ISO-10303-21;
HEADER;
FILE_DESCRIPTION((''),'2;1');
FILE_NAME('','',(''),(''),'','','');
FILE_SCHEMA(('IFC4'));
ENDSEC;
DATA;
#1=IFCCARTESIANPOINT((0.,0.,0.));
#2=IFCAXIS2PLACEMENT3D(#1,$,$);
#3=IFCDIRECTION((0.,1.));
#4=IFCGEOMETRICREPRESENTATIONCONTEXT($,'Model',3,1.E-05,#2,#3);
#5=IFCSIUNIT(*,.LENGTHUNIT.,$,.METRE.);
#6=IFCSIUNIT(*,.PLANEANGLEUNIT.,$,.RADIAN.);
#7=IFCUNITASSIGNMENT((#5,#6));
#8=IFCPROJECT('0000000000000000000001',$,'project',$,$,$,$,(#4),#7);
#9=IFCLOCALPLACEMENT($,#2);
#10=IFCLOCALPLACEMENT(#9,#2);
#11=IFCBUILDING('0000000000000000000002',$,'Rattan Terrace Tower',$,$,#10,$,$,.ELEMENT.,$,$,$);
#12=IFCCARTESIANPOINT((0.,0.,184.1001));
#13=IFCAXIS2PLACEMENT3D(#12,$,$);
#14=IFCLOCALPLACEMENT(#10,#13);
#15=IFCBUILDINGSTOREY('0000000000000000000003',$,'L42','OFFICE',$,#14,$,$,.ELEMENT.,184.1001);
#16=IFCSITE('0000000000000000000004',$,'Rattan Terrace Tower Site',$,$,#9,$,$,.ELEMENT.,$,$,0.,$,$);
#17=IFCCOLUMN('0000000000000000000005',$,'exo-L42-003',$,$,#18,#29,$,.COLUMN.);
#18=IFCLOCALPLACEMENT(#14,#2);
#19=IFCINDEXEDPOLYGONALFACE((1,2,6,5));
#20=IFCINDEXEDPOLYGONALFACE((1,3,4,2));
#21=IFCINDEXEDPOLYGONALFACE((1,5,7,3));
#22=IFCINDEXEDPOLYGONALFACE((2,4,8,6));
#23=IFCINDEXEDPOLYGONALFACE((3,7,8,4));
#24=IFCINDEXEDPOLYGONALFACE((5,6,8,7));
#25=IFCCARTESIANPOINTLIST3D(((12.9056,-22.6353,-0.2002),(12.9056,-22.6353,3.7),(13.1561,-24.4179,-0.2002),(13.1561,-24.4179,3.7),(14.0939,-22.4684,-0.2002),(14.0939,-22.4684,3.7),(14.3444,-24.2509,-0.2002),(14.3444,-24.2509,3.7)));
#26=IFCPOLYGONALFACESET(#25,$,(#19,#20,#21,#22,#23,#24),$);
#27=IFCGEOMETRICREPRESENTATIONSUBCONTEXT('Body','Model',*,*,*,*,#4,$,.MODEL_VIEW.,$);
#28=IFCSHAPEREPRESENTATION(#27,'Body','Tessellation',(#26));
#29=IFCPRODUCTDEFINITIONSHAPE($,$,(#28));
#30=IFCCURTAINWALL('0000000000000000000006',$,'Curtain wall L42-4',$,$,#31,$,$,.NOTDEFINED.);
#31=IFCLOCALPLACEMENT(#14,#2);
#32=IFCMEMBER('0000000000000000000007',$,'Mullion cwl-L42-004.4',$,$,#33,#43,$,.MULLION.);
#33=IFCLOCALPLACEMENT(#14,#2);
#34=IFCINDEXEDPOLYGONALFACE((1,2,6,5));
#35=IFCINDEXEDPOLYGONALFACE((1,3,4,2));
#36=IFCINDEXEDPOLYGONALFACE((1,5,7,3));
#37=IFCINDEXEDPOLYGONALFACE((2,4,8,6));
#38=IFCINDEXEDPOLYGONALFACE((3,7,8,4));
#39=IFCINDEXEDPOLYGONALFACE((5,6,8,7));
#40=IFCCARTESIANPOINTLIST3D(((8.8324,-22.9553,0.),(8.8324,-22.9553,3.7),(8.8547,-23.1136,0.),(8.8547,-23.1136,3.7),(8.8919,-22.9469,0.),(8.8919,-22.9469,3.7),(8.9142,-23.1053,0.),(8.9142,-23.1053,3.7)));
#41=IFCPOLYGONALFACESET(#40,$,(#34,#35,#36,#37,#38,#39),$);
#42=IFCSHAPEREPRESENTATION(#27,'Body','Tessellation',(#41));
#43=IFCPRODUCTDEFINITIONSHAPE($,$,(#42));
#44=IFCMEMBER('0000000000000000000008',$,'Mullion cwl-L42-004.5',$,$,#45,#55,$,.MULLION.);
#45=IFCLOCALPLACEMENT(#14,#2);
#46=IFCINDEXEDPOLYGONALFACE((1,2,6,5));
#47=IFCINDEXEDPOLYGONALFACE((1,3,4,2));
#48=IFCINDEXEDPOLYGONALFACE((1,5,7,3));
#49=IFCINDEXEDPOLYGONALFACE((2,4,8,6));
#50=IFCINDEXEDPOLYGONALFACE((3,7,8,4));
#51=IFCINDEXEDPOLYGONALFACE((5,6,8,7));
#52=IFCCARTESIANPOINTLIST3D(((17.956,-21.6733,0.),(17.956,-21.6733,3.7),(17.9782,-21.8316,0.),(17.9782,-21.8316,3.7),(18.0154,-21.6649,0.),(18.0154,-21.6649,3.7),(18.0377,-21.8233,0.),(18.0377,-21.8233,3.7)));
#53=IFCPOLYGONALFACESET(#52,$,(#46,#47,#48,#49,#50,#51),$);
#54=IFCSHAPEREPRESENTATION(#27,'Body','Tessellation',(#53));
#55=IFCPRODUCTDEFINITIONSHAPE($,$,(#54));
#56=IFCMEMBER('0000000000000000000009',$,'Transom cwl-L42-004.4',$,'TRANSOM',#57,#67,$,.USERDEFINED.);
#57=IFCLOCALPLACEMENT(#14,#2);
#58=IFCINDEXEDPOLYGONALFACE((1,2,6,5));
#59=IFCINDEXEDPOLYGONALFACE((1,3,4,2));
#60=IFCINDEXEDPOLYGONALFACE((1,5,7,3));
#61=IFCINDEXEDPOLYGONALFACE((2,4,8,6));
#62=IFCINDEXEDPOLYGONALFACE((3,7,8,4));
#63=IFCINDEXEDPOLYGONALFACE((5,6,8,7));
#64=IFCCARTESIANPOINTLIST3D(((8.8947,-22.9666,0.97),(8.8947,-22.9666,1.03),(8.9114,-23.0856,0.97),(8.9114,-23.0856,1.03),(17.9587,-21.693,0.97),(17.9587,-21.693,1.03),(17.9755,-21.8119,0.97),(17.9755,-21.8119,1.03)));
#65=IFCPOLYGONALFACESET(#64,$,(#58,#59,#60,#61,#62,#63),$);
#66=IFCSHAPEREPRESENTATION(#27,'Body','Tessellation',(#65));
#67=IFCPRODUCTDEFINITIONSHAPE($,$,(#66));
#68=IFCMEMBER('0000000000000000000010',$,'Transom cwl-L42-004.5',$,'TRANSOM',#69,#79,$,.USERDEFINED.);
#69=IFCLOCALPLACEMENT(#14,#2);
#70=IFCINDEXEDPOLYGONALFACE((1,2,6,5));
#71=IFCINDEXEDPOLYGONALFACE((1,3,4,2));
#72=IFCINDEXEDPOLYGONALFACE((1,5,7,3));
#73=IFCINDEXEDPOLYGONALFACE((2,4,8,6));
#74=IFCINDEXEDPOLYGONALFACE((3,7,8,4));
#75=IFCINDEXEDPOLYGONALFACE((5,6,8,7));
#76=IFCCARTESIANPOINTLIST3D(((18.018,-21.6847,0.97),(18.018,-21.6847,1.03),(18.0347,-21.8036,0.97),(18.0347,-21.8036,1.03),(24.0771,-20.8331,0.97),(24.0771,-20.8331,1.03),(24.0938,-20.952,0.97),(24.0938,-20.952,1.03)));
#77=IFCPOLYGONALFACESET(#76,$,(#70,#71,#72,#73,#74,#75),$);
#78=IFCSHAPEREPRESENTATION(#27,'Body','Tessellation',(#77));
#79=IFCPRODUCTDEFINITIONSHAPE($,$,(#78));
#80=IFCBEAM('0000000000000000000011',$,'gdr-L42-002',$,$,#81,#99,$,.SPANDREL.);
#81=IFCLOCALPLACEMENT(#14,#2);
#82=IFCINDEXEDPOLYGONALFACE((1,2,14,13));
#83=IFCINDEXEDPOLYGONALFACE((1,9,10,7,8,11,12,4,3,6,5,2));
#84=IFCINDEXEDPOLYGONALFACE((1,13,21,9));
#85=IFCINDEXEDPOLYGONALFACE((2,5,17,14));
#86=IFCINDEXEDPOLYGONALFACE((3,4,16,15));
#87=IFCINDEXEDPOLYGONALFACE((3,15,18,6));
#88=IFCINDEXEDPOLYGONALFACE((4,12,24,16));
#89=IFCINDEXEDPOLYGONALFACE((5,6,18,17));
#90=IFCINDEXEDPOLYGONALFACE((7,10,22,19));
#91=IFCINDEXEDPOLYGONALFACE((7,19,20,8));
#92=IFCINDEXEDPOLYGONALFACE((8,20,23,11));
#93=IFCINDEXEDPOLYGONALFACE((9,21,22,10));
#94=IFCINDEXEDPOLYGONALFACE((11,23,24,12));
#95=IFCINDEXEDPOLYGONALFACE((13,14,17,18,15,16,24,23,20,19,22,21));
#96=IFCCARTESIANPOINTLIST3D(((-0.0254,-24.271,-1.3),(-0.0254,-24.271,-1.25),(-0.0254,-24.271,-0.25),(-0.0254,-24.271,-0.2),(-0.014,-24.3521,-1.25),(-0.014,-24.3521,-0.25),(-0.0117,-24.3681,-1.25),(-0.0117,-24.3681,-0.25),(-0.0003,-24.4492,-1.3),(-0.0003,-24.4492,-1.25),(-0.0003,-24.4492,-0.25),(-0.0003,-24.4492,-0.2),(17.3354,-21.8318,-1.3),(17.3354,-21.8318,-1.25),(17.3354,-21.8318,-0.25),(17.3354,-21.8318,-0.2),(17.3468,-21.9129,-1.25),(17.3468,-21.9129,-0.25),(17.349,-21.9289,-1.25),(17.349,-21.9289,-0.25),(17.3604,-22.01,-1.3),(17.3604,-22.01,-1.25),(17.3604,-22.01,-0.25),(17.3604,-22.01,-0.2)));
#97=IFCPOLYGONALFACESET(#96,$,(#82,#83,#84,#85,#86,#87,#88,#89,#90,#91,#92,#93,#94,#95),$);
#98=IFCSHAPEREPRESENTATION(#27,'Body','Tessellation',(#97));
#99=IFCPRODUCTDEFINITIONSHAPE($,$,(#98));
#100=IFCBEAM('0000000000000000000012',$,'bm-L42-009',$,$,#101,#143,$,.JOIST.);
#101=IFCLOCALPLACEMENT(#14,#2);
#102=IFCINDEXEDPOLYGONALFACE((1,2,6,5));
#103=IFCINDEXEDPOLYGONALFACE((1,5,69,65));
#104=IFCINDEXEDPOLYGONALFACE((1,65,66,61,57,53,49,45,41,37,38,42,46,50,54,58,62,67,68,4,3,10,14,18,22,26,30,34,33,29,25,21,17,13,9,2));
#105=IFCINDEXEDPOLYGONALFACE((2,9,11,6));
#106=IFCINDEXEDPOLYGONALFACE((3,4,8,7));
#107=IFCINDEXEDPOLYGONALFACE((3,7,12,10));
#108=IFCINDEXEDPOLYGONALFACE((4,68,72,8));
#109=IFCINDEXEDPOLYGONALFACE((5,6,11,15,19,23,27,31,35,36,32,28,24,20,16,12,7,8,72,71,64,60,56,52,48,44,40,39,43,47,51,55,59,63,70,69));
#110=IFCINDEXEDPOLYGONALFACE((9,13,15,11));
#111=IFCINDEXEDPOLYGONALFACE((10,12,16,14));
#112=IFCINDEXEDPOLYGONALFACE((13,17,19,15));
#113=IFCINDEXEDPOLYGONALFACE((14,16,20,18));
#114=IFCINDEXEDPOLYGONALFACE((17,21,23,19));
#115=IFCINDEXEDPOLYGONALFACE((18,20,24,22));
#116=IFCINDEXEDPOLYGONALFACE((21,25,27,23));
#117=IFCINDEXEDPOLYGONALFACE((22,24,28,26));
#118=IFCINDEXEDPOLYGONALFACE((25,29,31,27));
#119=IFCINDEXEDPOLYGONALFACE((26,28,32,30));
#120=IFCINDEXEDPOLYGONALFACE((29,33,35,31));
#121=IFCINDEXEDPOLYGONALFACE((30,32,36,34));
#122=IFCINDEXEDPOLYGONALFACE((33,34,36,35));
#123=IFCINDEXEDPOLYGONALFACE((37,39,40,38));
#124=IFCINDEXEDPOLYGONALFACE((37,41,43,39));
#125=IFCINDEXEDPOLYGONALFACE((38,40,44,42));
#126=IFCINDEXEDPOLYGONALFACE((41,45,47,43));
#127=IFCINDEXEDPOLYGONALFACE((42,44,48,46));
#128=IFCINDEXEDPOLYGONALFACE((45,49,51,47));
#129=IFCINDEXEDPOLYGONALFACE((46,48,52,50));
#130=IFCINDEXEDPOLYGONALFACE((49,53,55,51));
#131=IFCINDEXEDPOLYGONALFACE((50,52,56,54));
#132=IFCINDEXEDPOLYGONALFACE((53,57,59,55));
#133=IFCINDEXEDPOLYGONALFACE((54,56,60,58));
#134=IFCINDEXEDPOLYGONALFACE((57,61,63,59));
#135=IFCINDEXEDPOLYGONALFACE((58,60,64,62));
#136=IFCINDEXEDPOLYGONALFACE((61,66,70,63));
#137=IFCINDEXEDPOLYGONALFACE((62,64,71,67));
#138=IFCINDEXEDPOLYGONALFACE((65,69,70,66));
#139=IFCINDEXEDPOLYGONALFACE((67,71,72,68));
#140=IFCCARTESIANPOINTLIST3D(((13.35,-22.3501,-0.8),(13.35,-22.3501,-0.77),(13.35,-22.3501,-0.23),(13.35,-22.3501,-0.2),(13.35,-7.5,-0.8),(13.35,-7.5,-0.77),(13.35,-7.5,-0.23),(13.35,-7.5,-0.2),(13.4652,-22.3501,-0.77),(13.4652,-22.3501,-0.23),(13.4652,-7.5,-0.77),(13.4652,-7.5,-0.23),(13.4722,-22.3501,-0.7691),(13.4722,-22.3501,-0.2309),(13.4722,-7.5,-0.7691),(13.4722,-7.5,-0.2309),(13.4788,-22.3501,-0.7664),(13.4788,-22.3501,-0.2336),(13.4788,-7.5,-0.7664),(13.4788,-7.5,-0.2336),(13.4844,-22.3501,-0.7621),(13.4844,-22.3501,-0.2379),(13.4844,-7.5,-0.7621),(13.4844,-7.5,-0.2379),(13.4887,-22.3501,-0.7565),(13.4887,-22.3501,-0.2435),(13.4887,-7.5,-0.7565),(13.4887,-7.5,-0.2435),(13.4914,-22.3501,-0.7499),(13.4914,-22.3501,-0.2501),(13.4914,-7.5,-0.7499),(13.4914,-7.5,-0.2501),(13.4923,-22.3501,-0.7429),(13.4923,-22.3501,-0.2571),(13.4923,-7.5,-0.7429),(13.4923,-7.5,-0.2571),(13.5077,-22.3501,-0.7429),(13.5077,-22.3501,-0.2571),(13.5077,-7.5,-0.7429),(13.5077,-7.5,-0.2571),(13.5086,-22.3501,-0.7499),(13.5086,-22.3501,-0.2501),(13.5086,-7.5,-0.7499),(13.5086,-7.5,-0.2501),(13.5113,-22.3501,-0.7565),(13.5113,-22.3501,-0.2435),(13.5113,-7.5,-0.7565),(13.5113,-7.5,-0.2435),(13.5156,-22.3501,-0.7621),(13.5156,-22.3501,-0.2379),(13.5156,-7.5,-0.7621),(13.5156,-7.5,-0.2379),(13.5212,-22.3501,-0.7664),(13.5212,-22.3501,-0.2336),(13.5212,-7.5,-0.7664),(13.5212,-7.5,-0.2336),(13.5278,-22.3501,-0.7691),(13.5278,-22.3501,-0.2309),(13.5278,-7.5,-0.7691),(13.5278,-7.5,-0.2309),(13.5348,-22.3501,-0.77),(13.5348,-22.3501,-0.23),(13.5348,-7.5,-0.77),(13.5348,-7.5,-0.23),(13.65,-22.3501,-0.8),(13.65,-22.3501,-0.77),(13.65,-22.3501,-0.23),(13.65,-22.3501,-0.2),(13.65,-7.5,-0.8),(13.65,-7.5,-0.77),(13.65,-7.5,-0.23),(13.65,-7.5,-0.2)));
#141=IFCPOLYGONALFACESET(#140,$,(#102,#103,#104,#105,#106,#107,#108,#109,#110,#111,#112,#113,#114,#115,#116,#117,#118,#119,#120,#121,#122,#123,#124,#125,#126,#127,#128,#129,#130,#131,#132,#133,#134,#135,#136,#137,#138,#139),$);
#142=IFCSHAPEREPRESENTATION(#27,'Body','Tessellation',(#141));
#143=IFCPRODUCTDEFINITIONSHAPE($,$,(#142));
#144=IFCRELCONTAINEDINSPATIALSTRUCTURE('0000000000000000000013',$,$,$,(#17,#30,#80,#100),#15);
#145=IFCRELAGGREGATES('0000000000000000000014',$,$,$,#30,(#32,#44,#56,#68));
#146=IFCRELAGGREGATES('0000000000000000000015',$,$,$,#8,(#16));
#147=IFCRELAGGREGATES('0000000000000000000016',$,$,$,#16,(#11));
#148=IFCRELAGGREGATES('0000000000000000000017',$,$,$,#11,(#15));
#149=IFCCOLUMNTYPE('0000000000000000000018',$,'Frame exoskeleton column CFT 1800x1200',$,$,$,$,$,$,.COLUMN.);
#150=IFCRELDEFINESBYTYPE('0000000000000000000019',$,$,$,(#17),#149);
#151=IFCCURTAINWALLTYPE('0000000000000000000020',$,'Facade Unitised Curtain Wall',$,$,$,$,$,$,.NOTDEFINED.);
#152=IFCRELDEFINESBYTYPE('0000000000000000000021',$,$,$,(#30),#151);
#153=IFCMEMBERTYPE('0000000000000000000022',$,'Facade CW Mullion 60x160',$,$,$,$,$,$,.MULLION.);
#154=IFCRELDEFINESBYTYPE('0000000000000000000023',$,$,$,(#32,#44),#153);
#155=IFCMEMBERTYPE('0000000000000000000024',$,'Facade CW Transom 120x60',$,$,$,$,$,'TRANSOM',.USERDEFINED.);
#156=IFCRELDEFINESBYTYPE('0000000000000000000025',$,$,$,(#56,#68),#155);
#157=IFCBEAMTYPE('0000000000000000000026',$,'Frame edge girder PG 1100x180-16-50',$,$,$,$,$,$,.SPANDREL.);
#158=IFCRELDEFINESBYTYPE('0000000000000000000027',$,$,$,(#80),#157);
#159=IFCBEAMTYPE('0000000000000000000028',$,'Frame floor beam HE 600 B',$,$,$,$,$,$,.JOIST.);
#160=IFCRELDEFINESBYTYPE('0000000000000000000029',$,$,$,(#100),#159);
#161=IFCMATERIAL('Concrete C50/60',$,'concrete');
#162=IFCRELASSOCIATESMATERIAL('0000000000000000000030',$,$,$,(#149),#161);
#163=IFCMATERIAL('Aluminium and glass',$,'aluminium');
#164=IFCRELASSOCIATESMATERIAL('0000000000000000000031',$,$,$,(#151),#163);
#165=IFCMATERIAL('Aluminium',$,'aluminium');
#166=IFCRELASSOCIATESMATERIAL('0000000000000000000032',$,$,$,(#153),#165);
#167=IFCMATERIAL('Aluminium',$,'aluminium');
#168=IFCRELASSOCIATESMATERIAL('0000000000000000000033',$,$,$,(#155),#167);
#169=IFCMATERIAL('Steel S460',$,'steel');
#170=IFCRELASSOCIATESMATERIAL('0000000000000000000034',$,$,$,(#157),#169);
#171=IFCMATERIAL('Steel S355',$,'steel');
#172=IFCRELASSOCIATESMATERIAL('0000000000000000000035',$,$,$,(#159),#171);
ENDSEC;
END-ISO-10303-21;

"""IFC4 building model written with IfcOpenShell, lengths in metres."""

from ifc_helpers import new_model, si_unit, direction, frame, origin, origin_2d, place, context, subcontext, project, spatial, rectangle, i_section, extrude, material, material_profile, profile_set, type_object, element, aggregate, save


model = new_model("IFC4")

# Units and contexts
model_context = context("Model", 3, precision=1e-05, world=origin(), true_north=direction((0.0, 1.0)))
body_context = subcontext(model_context, "Body", "Model", "MODEL_VIEW")
ifc_project = project(units=[si_unit("LENGTHUNIT", "METRE"), si_unit("PLANEANGLEUNIT", "RADIAN")], contexts=[model_context])

# Site, building, storey
site_placement = place(None, origin())
site = spatial("IfcSite", under=ifc_project, at=site_placement, Name="Rattan Terrace Tower Site", CompositionType="ELEMENT", RefElevation=0.0)
building_placement = place(site_placement, origin())
building = spatial("IfcBuilding", under=site, at=building_placement, Name="Rattan Terrace Tower", CompositionType="ELEMENT")
storey_placement = place(building_placement, frame((0.0, 0.0, 184.1001)))
storey = spatial("IfcBuildingStorey", under=building, at=storey_placement, Name="L42", Description="OFFICE", CompositionType="ELEMENT", Elevation=184.1001)

# Column
ifc_material_1 = material(Name="Concrete C50/60", Category="concrete")
ifc_material_profile_1 = material_profile(ifc_material_1, rectangle(XDim=1.2, YDim=1.8, at=origin_2d()), Name="CFT 1800x1200")
ifc_profile_set_1 = profile_set([ifc_material_profile_1], Name="Concrete C50/60")
column_type = type_object("IfcColumnType", Name="Frame exoskeleton column CFT 1800x1200", PredefinedType="COLUMN", material=ifc_profile_set_1)
column_placement = place(storey_placement, frame((13.625, -23.4431, -0.2002), z_axis=(0.0, 0.0, 1.0), x_axis=(0.99027, 0.139156, 0.0)))
element("IfcColumn", 1, at=column_placement, inside=storey, type_object=column_type, Name="exo-L42-003", PredefinedType="COLUMN", context=body_context, shape_type="SweptSolid", body=[
    extrude(rectangle(XDim=1.2, YDim=1.8, at=origin_2d()), origin(), (0.0, 0.0, 1.0), 3.9001),
])

# Curtain wall, members
ifc_material_2 = material(Name="Aluminium and glass", Category="aluminium")
curtain_wall_type = type_object("IfcCurtainWallType", Name="Facade Unitised Curtain Wall", PredefinedType="NOTDEFINED", material=ifc_material_2)
curtain_wall_placement = place(storey_placement, origin())
curtain_wall = element("IfcCurtainWall", 2, at=curtain_wall_placement, inside=storey, type_object=curtain_wall_type, Name="Curtain wall L42-4", PredefinedType="NOTDEFINED")
ifc_material_3 = material(Name="Aluminium", Category="aluminium")
ifc_material_profile_2 = material_profile(ifc_material_3, rectangle(XDim=0.0601, YDim=0.1599, at=origin_2d()), Name="Aluminium 60x160")
ifc_profile_set_2 = profile_set([ifc_material_profile_2], Name="Aluminium")
member_type_1 = type_object("IfcMemberType", Name="Facade CW Mullion 60x160", PredefinedType="MULLION", material=ifc_profile_set_2)
member_1_placement = place(storey_placement, frame((8.8733, -23.0303, 0.0), z_axis=(0.0, 0.0, 1.0), x_axis=(0.99027, 0.139161, 0.0)))
member_1 = element("IfcMember", 3, at=member_1_placement, type_object=member_type_1, Name="Mullion cwl-L42-004.4", PredefinedType="MULLION", context=body_context, shape_type="SweptSolid", body=[
    extrude(rectangle(XDim=0.0601, YDim=0.1599, at=origin_2d()), origin(), (0.0, 0.0, 1.0), 3.7),
])
member_2_placement = place(storey_placement, frame((17.9968, -21.7483, 0.0), z_axis=(0.0, 0.0, 1.0), x_axis=(0.99027, 0.139161, 0.0)))
member_2 = element("IfcMember", 4, at=member_2_placement, type_object=member_type_1, Name="Mullion cwl-L42-004.5", PredefinedType="MULLION", context=body_context, shape_type="SweptSolid", body=[
    extrude(rectangle(XDim=0.0601, YDim=0.1599, at=origin_2d()), origin(), (0.0, 0.0, 1.0), 3.7),
])
ifc_material_4 = material(Name="Aluminium", Category="aluminium")
ifc_material_profile_3 = material_profile(ifc_material_4, rectangle(XDim=0.1201, YDim=0.0601, at=origin_2d()), Name="Aluminium 120x60")
ifc_profile_set_3 = profile_set([ifc_material_profile_3], Name="Aluminium")
member_type_2 = type_object("IfcMemberType", Name="Facade CW Transom 120x60", ElementType="TRANSOM", PredefinedType="USERDEFINED", material=ifc_profile_set_3)
member_3_placement = place(storey_placement, frame((8.9031, -23.0261, 1.0), z_axis=(0.990271, 0.139154, 0.0), x_axis=(-0.139154, 0.990271, 0.0)))
member_3 = element("IfcMember", 5, at=member_3_placement, type_object=member_type_2, Name="Transom cwl-L42-004.4", ObjectType="TRANSOM", PredefinedType="USERDEFINED", context=body_context, shape_type="SweptSolid", body=[
    extrude(rectangle(XDim=0.1201, YDim=0.0601, at=origin_2d()), origin(), (0.0, 0.0, 1.0), 9.1531),
])
member_4_placement = place(storey_placement, frame((18.0264, -21.7441, 1.0), z_axis=(0.990268, 0.139175, 0.0), x_axis=(-0.139175, 0.990268, 0.0)))
member_4 = element("IfcMember", 6, at=member_4_placement, type_object=member_type_2, Name="Transom cwl-L42-004.5", ObjectType="TRANSOM", PredefinedType="USERDEFINED", context=body_context, shape_type="SweptSolid", body=[
    extrude(rectangle(XDim=0.1201, YDim=0.0601, at=origin_2d()), origin(), (0.0, 0.0, 1.0), 6.1187),
])

# Beams
ifc_material_5 = material(Name="Steel S460", Category="steel")
ifc_material_profile_4 = material_profile(ifc_material_5, i_section(OverallWidth=0.1799, OverallDepth=1.1001, WebThickness=0.0161, FlangeThickness=0.05, at=origin_2d()), Name="PG 1100x180-16-50")
ifc_profile_set_4 = profile_set([ifc_material_profile_4], Name="Steel S460")
beam_type_1 = type_object("IfcBeamType", Name="Frame edge girder PG 1100x180-16-50", PredefinedType="SPANDREL", material=ifc_profile_set_4)
beam_1_placement = place(storey_placement, frame((17.3479, -21.9209, -0.75), z_axis=(-0.990274, -0.139134, 0.0), x_axis=(0.139134, -0.990274, 0.0)))
element("IfcBeam", 7, at=beam_1_placement, inside=storey, type_object=beam_type_1, Name="gdr-L42-002", PredefinedType="SPANDREL", context=body_context, shape_type="SweptSolid", body=[
    extrude(i_section(OverallWidth=0.1799, OverallDepth=1.1001, WebThickness=0.0161, FlangeThickness=0.05, at=origin_2d()), origin(), (0.0, 0.0, 1.0), 17.5312),
])
ifc_material_6 = material(Name="Steel S355", Category="steel")
ifc_material_profile_5 = material_profile(ifc_material_6, i_section(OverallWidth=0.3, OverallDepth=0.6001, WebThickness=0.0154, FlangeThickness=0.03, FilletRadius=0.0271, at=origin_2d()), Name="HE 600 B")
ifc_profile_set_5 = profile_set([ifc_material_profile_5], Name="Steel S355")
beam_type_2 = type_object("IfcBeamType", Name="Frame floor beam HE 600 B", PredefinedType="JOIST", material=ifc_profile_set_5)
beam_2_placement = place(storey_placement, frame((13.5, -22.3501, -0.5), z_axis=(0.0, 1.0, 0.0), x_axis=(-1.0, 0.0, 0.0)))
element("IfcBeam", 8, at=beam_2_placement, inside=storey, type_object=beam_type_2, Name="bm-L42-009", PredefinedType="JOIST", context=body_context, shape_type="SweptSolid", body=[
    extrude(i_section(OverallWidth=0.3, OverallDepth=0.6001, WebThickness=0.0154, FlangeThickness=0.03, FilletRadius=0.0271, at=origin_2d()), origin(), (0.0, 0.0, 1.0), 14.8501),
])

aggregate(curtain_wall, [member_1, member_2, member_3, member_4])

save(model, "model.ifc")
